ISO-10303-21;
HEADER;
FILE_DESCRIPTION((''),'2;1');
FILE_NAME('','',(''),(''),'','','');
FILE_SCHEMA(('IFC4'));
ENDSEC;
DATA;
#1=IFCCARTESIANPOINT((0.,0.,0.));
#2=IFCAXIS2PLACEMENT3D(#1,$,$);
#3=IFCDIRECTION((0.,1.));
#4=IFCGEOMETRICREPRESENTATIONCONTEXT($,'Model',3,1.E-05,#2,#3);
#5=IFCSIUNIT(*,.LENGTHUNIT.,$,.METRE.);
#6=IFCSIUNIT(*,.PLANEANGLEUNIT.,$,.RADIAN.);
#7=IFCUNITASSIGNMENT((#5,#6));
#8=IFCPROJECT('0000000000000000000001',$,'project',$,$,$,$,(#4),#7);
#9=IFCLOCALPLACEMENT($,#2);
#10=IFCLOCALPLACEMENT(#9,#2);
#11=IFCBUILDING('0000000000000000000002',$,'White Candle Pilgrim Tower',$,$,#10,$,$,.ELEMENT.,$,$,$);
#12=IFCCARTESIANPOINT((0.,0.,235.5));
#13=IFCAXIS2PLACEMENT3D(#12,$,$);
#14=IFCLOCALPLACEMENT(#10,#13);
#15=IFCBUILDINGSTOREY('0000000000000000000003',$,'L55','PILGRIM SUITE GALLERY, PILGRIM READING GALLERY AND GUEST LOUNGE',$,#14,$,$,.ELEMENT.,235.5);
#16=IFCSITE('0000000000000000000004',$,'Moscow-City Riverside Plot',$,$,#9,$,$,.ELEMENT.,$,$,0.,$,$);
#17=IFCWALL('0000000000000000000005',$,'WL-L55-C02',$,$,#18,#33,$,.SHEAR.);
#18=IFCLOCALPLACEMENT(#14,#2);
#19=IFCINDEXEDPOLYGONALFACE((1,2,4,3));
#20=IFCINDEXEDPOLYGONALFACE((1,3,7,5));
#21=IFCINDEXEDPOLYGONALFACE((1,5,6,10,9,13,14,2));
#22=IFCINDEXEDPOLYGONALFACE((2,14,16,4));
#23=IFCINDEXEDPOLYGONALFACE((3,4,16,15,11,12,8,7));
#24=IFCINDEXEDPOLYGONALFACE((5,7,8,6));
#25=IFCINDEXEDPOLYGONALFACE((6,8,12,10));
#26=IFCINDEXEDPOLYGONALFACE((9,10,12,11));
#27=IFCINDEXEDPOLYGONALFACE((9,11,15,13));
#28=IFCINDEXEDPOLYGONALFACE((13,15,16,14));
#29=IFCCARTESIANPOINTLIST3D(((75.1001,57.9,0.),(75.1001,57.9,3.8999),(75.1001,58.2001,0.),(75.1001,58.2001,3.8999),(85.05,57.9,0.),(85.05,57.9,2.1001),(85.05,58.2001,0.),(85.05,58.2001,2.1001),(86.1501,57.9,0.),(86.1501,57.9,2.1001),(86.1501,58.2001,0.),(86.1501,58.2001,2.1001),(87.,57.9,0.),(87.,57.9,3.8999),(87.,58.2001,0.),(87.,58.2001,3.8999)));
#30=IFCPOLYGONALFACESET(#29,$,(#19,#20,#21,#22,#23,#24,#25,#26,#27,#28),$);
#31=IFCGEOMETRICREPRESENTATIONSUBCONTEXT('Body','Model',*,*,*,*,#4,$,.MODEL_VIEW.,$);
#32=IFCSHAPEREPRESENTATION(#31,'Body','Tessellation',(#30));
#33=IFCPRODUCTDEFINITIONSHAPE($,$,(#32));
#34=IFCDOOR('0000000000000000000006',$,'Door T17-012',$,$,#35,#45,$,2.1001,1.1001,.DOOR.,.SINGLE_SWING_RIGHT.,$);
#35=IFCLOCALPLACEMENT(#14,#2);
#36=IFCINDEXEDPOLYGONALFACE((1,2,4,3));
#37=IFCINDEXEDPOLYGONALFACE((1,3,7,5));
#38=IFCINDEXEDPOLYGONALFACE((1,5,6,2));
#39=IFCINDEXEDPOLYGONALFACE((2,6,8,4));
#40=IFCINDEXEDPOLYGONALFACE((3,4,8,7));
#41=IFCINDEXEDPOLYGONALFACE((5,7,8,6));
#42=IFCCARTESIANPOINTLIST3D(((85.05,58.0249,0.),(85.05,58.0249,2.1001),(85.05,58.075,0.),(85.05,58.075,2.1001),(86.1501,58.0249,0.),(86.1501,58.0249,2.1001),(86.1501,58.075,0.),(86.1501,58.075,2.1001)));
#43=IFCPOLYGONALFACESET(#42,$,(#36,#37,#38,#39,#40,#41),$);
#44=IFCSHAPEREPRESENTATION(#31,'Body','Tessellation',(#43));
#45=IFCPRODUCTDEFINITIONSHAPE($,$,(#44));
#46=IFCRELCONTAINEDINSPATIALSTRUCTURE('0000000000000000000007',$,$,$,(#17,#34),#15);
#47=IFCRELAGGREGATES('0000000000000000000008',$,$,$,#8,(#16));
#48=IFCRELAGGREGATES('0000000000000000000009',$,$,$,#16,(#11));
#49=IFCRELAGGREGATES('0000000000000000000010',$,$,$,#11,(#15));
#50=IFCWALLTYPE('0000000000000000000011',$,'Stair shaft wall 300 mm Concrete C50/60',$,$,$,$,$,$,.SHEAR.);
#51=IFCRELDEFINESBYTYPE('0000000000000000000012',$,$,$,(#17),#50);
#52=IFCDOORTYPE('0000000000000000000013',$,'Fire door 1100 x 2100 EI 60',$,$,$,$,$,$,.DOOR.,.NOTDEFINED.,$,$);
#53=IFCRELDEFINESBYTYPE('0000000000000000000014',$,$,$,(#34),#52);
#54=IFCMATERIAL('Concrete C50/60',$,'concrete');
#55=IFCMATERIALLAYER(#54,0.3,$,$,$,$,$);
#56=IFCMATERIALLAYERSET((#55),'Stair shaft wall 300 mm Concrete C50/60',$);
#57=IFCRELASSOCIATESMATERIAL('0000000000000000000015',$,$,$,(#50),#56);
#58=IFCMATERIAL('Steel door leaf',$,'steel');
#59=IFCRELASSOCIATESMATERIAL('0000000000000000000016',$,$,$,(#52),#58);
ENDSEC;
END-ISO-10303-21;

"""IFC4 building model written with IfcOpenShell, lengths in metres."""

from ifc_helpers import new_model, si_unit, direction, frame, frame_2d, origin, place, context, subcontext, project, spatial, rectangle, extrude, material, layer, layer_set, type_object, element, fill, save


model = new_model("IFC4")

# Units and contexts
model_context = context("Model", 3, precision=1e-05, world=origin(), true_north=direction((0.0, 1.0)))
body_context = subcontext(model_context, "Body", "Model", "MODEL_VIEW")
ifc_project = project(units=[si_unit("LENGTHUNIT", "METRE"), si_unit("PLANEANGLEUNIT", "RADIAN")], contexts=[model_context])

# Site, building, storey
site_placement = place(None, origin())
site = spatial("IfcSite", under=ifc_project, at=site_placement, Name="Moscow-City Riverside Plot", CompositionType="ELEMENT", RefElevation=0.0)
building_placement = place(site_placement, origin())
building = spatial("IfcBuilding", under=site, at=building_placement, Name="White Candle Pilgrim Tower", CompositionType="ELEMENT")
storey_placement = place(building_placement, frame((0.0, 0.0, 235.5)))
storey = spatial("IfcBuildingStorey", under=building, at=storey_placement, Name="L55", Description="PILGRIM SUITE GALLERY, PILGRIM READING GALLERY AND GUEST LOUNGE", CompositionType="ELEMENT", Elevation=235.5)

# Shared definitions
ifc_material_1 = material(Name="Concrete C50/60", Category="concrete")

# Shared definitions
ifc_material_2 = material(Name="Steel door leaf", Category="steel")

# Wall, opening, door
ifc_layer_1 = layer(ifc_material_1, 0.3)
ifc_layer_set_1 = layer_set([ifc_layer_1], Name="Stair shaft wall 300 mm Concrete C50/60")
wall_type_1 = type_object("IfcWallType", Name="Stair shaft wall 300 mm Concrete C50/60", PredefinedType="SHEAR", material=ifc_layer_set_1)
wall_1_placement = place(storey_placement, frame((75.1001, 58.05, 0.0), z_axis=(0.0, 0.0, 1.0), x_axis=(1.0, 0.0, 0.0)))
wall_1 = element("IfcWall", 1, at=wall_1_placement, inside=storey, type_object=wall_type_1, Name="WL-L55-C02", PredefinedType="SHEAR", context=body_context, shape_type="SweptSolid", body=[
    extrude(rectangle(XDim=11.8999, YDim=0.3, at=frame_2d((5.95, 0.0))), origin(), (0.0, 0.0, 1.0), 3.8999),
])
opening_1_placement = place(wall_1_placement, frame((9.95, 0.0, 0.0)))
opening_1 = element("IfcOpeningElement", 2, at=opening_1_placement, cuts=wall_1, PredefinedType="OPENING", context=body_context, shape_type="SweptSolid", body=[
    extrude(rectangle(XDim=1.1001, YDim=2.1001, at=frame_2d((0.55, 1.05))), frame((0.0, 0.1599, 0.0), z_axis=(0.0, -1.0, 0.0), x_axis=(1.0, 0.0, 0.0)), (0.0, 0.0, 1.0), 0.3201),
])
door_type_1 = type_object("IfcDoorType", Name="Fire door 1100 x 2100 EI 60", OperationType="NOTDEFINED", PredefinedType="DOOR", material=ifc_material_2)
door_1_placement = place(opening_1_placement, origin())
door_1 = element("IfcDoor", 3, at=door_1_placement, inside=storey, type_object=door_type_1, Name="Door T17-012", OperationType="SINGLE_SWING_RIGHT", OverallHeight=2.1001, OverallWidth=1.1001, PredefinedType="DOOR", context=body_context, shape_type="SweptSolid", body=[
    extrude(rectangle(XDim=1.1001, YDim=2.1001, at=frame_2d((0.55, 1.05))), frame((0.0, 0.0249, 0.0), z_axis=(0.0, -1.0, 0.0), x_axis=(1.0, 0.0, 0.0)), (0.0, 0.0, 1.0), 0.05),
])
fill(opening_1, door_1)

save(model, "model.ifc")
